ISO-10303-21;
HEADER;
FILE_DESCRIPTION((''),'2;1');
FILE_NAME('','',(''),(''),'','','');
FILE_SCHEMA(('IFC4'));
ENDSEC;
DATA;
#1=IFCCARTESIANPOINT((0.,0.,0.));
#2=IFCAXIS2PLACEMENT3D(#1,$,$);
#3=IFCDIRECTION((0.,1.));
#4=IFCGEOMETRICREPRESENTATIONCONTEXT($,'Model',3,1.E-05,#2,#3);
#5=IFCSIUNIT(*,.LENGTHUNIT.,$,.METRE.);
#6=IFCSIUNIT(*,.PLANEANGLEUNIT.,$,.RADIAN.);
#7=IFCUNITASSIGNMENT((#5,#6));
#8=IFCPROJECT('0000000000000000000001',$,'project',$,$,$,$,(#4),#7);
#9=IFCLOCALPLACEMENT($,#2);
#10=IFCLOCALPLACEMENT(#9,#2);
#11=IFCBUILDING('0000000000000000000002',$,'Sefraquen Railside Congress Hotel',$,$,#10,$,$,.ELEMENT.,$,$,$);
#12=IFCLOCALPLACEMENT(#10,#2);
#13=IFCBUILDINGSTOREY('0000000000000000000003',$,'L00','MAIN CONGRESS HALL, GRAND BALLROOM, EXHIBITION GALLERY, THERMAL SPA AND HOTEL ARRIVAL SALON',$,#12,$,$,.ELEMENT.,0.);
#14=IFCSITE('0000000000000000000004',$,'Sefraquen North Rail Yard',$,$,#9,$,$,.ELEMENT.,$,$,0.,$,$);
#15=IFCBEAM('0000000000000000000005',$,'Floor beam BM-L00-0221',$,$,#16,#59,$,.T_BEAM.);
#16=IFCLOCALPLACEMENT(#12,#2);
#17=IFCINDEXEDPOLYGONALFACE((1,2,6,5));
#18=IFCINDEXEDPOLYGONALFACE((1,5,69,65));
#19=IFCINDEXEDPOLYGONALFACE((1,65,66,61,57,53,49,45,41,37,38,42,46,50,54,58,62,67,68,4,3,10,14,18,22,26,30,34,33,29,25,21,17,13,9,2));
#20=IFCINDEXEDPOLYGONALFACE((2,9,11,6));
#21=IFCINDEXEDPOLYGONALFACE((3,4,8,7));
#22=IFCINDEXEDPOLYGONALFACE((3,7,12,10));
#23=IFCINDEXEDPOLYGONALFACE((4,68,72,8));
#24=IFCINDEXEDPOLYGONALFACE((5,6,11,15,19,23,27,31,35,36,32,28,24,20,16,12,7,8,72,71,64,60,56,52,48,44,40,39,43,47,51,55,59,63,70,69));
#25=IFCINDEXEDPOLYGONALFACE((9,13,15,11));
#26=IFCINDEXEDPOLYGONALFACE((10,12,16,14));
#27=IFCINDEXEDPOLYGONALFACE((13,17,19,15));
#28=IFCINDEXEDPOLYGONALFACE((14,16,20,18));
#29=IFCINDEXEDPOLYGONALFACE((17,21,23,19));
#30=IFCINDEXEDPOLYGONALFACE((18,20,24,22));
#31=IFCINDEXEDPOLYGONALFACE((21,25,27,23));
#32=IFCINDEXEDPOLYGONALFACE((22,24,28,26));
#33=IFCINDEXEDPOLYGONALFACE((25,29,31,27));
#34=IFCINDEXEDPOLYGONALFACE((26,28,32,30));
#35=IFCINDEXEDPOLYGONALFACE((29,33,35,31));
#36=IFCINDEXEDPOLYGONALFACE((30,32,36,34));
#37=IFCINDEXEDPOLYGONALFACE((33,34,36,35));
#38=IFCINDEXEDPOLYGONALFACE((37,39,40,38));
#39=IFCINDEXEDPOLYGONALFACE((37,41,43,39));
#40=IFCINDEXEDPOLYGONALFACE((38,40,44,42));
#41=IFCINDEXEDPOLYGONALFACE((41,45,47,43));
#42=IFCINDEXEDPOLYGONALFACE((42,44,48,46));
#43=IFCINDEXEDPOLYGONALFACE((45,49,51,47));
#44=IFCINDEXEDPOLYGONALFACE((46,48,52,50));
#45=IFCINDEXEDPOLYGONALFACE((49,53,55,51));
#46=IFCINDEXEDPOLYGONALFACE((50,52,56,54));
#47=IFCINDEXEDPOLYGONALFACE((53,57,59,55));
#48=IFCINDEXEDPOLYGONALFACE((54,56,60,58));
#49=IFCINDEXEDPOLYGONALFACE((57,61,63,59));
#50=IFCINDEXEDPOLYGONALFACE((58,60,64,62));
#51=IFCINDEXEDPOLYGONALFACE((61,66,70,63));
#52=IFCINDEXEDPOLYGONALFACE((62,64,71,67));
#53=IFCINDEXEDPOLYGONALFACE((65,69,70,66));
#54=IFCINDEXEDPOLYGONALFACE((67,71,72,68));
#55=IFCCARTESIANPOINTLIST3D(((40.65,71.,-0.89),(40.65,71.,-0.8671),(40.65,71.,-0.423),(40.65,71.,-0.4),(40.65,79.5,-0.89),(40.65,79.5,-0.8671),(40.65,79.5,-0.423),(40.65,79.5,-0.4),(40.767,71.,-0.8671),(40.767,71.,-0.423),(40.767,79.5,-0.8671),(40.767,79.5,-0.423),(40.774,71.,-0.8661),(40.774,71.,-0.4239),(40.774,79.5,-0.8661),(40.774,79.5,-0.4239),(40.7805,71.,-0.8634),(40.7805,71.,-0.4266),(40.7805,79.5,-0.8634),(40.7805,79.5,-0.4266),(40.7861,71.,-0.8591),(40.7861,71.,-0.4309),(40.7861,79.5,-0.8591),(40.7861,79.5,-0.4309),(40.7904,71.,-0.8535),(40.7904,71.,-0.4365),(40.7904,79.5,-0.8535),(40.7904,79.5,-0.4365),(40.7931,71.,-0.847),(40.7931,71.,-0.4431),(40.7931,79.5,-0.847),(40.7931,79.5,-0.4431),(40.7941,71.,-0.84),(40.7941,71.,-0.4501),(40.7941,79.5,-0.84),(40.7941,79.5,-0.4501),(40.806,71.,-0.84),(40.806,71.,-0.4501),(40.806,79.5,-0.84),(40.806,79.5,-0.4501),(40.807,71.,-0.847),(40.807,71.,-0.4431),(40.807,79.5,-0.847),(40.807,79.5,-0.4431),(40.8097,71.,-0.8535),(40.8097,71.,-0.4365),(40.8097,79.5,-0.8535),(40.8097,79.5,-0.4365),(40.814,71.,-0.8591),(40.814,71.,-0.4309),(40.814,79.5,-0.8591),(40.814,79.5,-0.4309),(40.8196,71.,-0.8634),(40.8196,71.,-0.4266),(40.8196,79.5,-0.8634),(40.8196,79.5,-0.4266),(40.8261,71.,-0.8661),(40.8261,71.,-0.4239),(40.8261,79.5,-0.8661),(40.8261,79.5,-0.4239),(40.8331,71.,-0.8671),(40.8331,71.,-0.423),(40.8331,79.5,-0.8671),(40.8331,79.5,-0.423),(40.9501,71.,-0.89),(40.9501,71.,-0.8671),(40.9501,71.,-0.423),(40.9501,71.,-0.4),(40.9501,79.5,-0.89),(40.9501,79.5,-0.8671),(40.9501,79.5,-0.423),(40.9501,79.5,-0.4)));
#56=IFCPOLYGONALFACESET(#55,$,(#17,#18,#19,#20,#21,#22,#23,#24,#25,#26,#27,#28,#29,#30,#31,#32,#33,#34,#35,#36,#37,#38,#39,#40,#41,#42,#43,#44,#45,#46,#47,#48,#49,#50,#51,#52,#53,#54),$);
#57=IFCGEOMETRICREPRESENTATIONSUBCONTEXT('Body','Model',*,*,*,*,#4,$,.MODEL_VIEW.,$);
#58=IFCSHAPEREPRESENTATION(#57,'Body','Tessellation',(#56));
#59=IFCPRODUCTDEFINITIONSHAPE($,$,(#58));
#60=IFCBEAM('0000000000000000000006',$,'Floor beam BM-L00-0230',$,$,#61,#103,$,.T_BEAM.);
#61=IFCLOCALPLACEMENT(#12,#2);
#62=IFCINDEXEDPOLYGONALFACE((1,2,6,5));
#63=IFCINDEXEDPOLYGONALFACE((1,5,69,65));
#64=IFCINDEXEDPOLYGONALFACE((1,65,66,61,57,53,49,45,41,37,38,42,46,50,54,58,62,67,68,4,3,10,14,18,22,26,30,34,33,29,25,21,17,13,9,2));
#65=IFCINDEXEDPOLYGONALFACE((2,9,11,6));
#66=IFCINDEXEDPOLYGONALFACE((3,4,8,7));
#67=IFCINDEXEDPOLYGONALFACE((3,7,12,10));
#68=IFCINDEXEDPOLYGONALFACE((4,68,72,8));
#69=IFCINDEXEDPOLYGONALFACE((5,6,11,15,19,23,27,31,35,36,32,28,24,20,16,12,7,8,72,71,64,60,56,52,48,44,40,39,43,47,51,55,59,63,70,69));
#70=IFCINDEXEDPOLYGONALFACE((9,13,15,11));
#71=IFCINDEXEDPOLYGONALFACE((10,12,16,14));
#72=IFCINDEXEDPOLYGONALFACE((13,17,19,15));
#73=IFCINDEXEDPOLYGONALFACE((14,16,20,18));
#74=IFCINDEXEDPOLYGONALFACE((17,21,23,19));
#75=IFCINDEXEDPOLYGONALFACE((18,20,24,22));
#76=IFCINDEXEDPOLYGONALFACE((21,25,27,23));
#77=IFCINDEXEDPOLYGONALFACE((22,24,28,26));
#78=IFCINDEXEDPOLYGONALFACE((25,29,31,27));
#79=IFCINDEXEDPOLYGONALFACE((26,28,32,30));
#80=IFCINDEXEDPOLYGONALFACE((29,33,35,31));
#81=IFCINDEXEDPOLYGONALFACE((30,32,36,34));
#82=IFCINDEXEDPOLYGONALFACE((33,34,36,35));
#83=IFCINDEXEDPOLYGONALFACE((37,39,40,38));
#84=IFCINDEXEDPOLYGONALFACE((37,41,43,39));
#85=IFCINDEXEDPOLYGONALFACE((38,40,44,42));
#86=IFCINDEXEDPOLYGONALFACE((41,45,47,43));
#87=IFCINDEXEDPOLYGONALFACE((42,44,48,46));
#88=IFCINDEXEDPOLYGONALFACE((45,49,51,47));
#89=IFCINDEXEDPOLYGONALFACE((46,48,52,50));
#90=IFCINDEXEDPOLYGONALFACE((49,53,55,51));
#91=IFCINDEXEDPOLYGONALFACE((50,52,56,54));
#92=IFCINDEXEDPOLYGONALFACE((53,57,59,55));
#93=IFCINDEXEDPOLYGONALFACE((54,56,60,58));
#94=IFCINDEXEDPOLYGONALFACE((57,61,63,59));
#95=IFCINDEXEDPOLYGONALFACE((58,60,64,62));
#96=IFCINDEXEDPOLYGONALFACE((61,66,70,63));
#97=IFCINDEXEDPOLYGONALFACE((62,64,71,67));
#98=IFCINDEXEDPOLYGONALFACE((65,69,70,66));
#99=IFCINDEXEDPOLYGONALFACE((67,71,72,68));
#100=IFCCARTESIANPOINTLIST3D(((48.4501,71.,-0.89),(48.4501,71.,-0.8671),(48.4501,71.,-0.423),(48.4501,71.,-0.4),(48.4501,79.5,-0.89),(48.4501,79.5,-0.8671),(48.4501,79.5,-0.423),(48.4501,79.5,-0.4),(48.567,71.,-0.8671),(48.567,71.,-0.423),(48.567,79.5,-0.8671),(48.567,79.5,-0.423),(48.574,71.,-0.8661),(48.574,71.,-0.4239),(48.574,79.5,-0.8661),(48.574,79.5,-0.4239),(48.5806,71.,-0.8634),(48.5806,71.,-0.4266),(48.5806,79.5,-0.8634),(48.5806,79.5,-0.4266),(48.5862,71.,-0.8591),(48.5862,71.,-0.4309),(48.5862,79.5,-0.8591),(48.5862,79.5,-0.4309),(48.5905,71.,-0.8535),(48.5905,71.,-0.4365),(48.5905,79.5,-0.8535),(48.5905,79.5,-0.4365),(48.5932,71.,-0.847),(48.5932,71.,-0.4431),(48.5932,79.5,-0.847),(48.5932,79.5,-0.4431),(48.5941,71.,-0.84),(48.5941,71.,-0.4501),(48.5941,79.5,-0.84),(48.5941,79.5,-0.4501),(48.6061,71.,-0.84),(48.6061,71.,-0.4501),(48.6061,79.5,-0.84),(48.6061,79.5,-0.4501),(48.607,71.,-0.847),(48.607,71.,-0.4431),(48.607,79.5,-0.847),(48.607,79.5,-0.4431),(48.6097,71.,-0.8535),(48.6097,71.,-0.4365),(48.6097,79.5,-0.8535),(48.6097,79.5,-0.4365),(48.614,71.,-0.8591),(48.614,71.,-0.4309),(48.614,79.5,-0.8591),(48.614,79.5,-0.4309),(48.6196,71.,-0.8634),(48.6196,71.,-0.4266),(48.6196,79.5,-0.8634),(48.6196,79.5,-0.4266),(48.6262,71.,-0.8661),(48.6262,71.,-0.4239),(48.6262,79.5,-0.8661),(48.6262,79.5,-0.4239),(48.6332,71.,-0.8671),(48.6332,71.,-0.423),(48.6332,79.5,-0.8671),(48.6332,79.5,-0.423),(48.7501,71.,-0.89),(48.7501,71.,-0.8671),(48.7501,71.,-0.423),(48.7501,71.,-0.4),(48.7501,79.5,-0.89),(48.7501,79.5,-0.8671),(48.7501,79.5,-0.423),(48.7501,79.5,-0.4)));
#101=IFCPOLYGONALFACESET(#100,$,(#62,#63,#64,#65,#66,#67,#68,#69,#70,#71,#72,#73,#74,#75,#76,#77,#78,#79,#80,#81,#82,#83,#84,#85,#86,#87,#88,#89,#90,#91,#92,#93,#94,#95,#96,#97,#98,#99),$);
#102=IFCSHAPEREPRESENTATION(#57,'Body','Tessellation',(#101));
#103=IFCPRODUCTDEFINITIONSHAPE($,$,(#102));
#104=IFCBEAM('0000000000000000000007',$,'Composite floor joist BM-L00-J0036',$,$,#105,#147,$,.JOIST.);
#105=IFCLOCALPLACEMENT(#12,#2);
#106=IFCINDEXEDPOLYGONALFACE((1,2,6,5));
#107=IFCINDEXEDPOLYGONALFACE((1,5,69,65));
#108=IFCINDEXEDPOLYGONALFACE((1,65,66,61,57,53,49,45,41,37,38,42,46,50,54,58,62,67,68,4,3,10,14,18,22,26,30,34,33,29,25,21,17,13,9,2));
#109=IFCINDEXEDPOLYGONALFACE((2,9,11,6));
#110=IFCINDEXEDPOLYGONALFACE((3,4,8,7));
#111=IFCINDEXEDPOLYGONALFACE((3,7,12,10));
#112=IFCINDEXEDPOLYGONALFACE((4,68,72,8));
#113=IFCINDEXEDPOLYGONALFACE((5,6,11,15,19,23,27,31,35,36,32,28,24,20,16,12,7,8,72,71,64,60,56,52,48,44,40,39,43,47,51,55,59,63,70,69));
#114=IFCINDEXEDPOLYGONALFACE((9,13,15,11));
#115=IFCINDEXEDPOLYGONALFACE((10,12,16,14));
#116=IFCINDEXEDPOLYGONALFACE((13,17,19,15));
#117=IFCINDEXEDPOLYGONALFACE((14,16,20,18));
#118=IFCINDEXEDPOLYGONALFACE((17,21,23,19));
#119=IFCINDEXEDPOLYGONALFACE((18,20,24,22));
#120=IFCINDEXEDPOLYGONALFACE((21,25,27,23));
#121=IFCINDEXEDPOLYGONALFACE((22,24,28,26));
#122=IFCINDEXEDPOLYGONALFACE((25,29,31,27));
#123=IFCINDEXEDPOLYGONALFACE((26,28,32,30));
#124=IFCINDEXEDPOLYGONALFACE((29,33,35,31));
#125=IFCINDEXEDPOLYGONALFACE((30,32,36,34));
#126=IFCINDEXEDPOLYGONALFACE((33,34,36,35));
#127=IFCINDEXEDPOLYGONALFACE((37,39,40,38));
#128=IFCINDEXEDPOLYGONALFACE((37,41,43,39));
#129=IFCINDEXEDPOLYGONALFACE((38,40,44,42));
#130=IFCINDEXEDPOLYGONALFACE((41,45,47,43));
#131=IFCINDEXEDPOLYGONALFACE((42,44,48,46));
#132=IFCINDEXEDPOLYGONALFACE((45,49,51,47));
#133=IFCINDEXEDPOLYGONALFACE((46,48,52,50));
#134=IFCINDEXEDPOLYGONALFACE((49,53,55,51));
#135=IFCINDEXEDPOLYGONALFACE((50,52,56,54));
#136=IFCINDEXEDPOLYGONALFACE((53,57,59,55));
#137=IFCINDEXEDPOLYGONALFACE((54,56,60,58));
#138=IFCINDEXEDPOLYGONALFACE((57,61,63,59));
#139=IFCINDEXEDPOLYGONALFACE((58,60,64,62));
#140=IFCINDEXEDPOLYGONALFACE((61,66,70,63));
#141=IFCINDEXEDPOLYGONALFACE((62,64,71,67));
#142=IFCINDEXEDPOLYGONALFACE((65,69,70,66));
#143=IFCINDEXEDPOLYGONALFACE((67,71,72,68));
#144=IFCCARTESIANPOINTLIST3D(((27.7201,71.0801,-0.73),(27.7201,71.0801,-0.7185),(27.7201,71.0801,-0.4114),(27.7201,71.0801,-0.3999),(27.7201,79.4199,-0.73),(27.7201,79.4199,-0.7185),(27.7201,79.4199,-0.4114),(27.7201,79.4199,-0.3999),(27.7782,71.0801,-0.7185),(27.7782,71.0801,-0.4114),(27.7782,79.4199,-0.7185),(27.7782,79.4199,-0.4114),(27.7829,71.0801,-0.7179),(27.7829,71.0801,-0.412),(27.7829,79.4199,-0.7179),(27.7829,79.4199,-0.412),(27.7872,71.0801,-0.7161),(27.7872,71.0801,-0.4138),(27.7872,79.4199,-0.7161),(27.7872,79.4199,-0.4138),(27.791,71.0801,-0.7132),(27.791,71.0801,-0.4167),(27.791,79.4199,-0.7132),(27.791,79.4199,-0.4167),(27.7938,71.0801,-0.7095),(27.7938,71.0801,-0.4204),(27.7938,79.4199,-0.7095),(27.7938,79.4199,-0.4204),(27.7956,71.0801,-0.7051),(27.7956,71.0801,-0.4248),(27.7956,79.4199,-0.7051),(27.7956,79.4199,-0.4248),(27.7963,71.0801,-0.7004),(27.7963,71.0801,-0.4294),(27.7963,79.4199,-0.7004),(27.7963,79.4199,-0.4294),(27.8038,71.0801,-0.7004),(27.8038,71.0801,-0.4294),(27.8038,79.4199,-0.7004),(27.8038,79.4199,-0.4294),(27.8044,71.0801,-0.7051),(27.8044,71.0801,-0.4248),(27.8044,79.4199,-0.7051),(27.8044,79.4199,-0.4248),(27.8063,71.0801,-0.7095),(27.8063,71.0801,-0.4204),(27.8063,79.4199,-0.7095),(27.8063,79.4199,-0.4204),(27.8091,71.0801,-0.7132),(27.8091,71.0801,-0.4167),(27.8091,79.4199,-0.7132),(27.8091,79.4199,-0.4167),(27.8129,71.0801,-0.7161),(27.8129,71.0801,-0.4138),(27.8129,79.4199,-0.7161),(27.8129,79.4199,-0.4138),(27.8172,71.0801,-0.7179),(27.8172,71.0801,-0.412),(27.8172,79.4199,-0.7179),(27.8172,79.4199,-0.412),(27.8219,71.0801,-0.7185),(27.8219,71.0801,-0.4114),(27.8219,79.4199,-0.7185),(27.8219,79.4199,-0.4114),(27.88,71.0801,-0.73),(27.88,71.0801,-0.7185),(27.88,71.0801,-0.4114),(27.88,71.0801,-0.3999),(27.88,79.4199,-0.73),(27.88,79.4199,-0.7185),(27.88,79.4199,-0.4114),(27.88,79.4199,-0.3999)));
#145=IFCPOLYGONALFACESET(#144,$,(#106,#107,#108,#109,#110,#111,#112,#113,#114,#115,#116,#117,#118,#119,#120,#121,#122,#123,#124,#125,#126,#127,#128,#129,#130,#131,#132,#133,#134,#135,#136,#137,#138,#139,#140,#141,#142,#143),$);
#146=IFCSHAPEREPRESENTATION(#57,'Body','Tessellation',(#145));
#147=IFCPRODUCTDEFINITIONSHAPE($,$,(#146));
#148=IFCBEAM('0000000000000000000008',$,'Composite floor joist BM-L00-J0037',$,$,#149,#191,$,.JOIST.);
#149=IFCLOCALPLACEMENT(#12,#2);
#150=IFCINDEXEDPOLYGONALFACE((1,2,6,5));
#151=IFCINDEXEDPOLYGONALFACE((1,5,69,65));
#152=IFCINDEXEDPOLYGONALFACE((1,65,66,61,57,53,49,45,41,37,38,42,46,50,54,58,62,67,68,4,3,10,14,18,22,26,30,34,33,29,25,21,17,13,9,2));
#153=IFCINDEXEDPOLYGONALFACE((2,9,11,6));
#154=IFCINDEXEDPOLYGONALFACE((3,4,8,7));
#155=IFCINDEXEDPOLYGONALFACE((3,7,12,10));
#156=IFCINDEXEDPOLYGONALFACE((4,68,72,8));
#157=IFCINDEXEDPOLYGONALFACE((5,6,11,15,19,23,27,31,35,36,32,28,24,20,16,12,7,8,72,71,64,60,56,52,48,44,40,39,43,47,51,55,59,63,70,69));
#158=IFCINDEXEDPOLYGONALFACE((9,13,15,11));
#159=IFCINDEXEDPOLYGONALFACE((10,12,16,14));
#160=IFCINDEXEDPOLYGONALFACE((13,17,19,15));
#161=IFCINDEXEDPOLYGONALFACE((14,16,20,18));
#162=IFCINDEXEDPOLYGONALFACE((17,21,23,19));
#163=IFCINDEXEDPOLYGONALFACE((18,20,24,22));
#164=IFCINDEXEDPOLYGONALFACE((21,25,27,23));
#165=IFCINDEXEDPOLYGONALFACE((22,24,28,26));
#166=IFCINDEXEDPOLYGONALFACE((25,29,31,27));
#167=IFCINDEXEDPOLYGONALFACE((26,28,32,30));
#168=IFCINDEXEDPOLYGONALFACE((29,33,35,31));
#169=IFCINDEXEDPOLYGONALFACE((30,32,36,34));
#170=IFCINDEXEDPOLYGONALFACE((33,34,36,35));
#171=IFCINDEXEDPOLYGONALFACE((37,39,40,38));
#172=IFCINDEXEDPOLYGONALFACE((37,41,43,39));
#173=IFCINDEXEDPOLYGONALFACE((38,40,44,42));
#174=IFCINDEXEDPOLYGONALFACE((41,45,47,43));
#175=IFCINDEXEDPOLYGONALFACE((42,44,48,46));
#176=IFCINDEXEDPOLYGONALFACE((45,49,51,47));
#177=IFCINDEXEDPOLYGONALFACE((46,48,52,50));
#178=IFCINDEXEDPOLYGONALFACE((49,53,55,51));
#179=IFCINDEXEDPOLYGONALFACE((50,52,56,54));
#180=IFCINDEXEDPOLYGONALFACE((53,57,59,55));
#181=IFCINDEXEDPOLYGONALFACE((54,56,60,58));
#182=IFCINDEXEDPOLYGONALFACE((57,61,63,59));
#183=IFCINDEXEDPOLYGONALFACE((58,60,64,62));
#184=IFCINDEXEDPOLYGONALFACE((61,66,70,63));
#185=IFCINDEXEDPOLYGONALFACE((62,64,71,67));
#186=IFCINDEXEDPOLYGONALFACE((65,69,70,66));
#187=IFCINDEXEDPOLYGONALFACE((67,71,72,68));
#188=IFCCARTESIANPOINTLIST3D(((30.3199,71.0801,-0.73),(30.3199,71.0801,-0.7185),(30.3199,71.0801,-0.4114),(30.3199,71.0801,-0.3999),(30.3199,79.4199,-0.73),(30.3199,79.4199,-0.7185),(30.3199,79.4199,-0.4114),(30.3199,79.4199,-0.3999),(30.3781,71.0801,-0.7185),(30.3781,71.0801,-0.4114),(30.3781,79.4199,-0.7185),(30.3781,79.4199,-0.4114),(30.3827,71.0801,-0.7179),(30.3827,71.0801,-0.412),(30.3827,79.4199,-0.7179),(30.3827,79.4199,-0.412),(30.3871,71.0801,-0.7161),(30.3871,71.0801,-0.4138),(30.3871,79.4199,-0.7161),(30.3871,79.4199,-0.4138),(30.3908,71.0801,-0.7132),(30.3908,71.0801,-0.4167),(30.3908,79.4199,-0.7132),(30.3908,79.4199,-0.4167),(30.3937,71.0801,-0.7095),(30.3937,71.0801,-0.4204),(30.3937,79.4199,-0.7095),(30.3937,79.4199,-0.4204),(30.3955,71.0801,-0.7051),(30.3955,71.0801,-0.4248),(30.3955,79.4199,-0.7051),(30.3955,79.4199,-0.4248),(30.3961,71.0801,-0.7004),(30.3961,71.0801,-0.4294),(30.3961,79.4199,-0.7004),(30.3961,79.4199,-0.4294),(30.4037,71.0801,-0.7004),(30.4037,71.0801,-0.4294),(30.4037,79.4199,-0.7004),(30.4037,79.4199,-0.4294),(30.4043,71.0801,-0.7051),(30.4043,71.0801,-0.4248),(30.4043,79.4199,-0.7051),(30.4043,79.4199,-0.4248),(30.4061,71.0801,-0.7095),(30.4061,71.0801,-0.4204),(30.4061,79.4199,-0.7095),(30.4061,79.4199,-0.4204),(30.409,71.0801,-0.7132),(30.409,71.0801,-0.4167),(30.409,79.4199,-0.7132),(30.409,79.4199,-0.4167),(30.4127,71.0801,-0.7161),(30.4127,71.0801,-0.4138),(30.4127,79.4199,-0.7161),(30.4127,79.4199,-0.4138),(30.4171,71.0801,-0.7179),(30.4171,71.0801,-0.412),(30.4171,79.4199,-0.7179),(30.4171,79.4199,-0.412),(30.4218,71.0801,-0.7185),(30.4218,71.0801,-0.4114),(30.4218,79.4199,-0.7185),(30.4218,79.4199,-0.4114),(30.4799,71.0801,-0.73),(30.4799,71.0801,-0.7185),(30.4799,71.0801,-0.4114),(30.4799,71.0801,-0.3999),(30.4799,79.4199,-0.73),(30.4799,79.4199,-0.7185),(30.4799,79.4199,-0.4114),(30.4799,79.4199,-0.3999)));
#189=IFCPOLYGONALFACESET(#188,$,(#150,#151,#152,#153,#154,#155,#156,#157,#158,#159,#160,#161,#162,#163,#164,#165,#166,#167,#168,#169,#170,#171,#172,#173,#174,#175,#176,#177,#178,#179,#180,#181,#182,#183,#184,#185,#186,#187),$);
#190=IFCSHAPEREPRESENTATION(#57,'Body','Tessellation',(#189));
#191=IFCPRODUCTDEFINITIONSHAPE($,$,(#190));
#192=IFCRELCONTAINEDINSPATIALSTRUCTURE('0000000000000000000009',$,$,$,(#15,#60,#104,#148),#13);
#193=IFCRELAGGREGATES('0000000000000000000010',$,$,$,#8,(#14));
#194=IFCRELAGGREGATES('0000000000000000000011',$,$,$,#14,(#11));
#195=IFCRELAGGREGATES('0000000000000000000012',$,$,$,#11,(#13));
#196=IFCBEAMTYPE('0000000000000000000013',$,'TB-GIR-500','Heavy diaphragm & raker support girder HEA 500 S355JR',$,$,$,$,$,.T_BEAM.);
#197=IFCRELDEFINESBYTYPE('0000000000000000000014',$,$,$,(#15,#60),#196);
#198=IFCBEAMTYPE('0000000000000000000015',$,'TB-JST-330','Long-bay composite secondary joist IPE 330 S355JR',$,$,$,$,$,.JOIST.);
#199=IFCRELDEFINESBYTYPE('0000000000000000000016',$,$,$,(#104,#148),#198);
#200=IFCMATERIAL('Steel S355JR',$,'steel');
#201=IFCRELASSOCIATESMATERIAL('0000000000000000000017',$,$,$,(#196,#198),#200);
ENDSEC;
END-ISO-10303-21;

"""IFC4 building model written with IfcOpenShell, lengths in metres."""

from ifc_helpers import new_model, si_unit, direction, frame, origin, origin_2d, place, context, subcontext, project, spatial, i_section, extrude, material, material_profile, profile_set, type_object, element, save


model = new_model("IFC4")

# Units and contexts
model_context = context("Model", 3, precision=1e-05, world=origin(), true_north=direction((0.0, 1.0)))
body_context = subcontext(model_context, "Body", "Model", "MODEL_VIEW")
ifc_project = project(units=[si_unit("LENGTHUNIT", "METRE"), si_unit("PLANEANGLEUNIT", "RADIAN")], contexts=[model_context])

# Site, building, storey
site_placement = place(None, origin())
site = spatial("IfcSite", under=ifc_project, at=site_placement, Name="Sefraquen North Rail Yard", CompositionType="ELEMENT", RefElevation=0.0)
building_placement = place(site_placement, origin())
building = spatial("IfcBuilding", under=site, at=building_placement, Name="Sefraquen Railside Congress Hotel", CompositionType="ELEMENT")
storey_placement = place(building_placement, origin())
storey = spatial("IfcBuildingStorey", under=building, at=storey_placement, Name="L00", Description="MAIN CONGRESS HALL, GRAND BALLROOM, EXHIBITION GALLERY, THERMAL SPA AND HOTEL ARRIVAL SALON", CompositionType="ELEMENT", Elevation=0.0)

# Shared definitions
ifc_material_1 = material(Name="Steel S355JR", Category="steel")

# Beams
ifc_material_profile_1 = material_profile(ifc_material_1, i_section(OverallWidth=0.3, OverallDepth=0.49, WebThickness=0.012, FlangeThickness=0.0229, FilletRadius=0.0271, at=origin_2d()), Name="HEA 500")
ifc_profile_set_1 = profile_set([ifc_material_profile_1], Name="Steel S355JR")
beam_type_1 = type_object("IfcBeamType", Name="TB-GIR-500", Description="Heavy diaphragm & raker support girder HEA 500 S355JR", PredefinedType="T_BEAM", material=ifc_profile_set_1)
for number, where, z_axis, x_axis, name in (
    (1, (40.8, 71.0, -0.645), (0.0, 1.0, 0.0), (-1.0, 0.0, 0.0), "Floor beam BM-L00-0221"),
    (2, (48.6001, 71.0, -0.645), (0.0, 1.0, 0.0), (-1.0, 0.0, 0.0), "Floor beam BM-L00-0230"),
):
    element("IfcBeam", number, at=place(storey_placement, frame(where, z_axis=z_axis, x_axis=x_axis)), inside=storey, type_object=beam_type_1, Name=name, PredefinedType="T_BEAM", context=body_context, shape_type="SweptSolid", body=[
        extrude(i_section(OverallWidth=0.3, OverallDepth=0.49, WebThickness=0.012, FlangeThickness=0.0229, FilletRadius=0.0271, at=origin_2d()), origin(), (0.0, 0.0, 1.0), 8.5),
    ])
ifc_material_profile_2 = material_profile(ifc_material_1, i_section(OverallWidth=0.1599, OverallDepth=0.3301, WebThickness=0.0076, FlangeThickness=0.0115, FilletRadius=0.0181, at=origin_2d()), Name="IPE 330")
ifc_profile_set_2 = profile_set([ifc_material_profile_2], Name="Steel S355JR")
beam_type_2 = type_object("IfcBeamType", Name="TB-JST-330", Description="Long-bay composite secondary joist IPE 330 S355JR", PredefinedType="JOIST", material=ifc_profile_set_2)
for number, where, z_axis, x_axis, name in (
    (3, (27.8, 71.0801, -0.5649), (0.0, 1.0, 0.0), (-1.0, 0.0, 0.0), "Composite floor joist BM-L00-J0036"),
    (4, (30.3999, 71.0801, -0.5649), (0.0, 1.0, 0.0), (-1.0, 0.0, 0.0), "Composite floor joist BM-L00-J0037"),
):
    element("IfcBeam", number, at=place(storey_placement, frame(where, z_axis=z_axis, x_axis=x_axis)), inside=storey, type_object=beam_type_2, Name=name, PredefinedType="JOIST", context=body_context, shape_type="SweptSolid", body=[
        extrude(i_section(OverallWidth=0.1599, OverallDepth=0.3301, WebThickness=0.0076, FlangeThickness=0.0115, FilletRadius=0.0181, at=origin_2d()), origin(), (0.0, 0.0, 1.0), 8.3398),
    ])

save(model, "model.ifc")
